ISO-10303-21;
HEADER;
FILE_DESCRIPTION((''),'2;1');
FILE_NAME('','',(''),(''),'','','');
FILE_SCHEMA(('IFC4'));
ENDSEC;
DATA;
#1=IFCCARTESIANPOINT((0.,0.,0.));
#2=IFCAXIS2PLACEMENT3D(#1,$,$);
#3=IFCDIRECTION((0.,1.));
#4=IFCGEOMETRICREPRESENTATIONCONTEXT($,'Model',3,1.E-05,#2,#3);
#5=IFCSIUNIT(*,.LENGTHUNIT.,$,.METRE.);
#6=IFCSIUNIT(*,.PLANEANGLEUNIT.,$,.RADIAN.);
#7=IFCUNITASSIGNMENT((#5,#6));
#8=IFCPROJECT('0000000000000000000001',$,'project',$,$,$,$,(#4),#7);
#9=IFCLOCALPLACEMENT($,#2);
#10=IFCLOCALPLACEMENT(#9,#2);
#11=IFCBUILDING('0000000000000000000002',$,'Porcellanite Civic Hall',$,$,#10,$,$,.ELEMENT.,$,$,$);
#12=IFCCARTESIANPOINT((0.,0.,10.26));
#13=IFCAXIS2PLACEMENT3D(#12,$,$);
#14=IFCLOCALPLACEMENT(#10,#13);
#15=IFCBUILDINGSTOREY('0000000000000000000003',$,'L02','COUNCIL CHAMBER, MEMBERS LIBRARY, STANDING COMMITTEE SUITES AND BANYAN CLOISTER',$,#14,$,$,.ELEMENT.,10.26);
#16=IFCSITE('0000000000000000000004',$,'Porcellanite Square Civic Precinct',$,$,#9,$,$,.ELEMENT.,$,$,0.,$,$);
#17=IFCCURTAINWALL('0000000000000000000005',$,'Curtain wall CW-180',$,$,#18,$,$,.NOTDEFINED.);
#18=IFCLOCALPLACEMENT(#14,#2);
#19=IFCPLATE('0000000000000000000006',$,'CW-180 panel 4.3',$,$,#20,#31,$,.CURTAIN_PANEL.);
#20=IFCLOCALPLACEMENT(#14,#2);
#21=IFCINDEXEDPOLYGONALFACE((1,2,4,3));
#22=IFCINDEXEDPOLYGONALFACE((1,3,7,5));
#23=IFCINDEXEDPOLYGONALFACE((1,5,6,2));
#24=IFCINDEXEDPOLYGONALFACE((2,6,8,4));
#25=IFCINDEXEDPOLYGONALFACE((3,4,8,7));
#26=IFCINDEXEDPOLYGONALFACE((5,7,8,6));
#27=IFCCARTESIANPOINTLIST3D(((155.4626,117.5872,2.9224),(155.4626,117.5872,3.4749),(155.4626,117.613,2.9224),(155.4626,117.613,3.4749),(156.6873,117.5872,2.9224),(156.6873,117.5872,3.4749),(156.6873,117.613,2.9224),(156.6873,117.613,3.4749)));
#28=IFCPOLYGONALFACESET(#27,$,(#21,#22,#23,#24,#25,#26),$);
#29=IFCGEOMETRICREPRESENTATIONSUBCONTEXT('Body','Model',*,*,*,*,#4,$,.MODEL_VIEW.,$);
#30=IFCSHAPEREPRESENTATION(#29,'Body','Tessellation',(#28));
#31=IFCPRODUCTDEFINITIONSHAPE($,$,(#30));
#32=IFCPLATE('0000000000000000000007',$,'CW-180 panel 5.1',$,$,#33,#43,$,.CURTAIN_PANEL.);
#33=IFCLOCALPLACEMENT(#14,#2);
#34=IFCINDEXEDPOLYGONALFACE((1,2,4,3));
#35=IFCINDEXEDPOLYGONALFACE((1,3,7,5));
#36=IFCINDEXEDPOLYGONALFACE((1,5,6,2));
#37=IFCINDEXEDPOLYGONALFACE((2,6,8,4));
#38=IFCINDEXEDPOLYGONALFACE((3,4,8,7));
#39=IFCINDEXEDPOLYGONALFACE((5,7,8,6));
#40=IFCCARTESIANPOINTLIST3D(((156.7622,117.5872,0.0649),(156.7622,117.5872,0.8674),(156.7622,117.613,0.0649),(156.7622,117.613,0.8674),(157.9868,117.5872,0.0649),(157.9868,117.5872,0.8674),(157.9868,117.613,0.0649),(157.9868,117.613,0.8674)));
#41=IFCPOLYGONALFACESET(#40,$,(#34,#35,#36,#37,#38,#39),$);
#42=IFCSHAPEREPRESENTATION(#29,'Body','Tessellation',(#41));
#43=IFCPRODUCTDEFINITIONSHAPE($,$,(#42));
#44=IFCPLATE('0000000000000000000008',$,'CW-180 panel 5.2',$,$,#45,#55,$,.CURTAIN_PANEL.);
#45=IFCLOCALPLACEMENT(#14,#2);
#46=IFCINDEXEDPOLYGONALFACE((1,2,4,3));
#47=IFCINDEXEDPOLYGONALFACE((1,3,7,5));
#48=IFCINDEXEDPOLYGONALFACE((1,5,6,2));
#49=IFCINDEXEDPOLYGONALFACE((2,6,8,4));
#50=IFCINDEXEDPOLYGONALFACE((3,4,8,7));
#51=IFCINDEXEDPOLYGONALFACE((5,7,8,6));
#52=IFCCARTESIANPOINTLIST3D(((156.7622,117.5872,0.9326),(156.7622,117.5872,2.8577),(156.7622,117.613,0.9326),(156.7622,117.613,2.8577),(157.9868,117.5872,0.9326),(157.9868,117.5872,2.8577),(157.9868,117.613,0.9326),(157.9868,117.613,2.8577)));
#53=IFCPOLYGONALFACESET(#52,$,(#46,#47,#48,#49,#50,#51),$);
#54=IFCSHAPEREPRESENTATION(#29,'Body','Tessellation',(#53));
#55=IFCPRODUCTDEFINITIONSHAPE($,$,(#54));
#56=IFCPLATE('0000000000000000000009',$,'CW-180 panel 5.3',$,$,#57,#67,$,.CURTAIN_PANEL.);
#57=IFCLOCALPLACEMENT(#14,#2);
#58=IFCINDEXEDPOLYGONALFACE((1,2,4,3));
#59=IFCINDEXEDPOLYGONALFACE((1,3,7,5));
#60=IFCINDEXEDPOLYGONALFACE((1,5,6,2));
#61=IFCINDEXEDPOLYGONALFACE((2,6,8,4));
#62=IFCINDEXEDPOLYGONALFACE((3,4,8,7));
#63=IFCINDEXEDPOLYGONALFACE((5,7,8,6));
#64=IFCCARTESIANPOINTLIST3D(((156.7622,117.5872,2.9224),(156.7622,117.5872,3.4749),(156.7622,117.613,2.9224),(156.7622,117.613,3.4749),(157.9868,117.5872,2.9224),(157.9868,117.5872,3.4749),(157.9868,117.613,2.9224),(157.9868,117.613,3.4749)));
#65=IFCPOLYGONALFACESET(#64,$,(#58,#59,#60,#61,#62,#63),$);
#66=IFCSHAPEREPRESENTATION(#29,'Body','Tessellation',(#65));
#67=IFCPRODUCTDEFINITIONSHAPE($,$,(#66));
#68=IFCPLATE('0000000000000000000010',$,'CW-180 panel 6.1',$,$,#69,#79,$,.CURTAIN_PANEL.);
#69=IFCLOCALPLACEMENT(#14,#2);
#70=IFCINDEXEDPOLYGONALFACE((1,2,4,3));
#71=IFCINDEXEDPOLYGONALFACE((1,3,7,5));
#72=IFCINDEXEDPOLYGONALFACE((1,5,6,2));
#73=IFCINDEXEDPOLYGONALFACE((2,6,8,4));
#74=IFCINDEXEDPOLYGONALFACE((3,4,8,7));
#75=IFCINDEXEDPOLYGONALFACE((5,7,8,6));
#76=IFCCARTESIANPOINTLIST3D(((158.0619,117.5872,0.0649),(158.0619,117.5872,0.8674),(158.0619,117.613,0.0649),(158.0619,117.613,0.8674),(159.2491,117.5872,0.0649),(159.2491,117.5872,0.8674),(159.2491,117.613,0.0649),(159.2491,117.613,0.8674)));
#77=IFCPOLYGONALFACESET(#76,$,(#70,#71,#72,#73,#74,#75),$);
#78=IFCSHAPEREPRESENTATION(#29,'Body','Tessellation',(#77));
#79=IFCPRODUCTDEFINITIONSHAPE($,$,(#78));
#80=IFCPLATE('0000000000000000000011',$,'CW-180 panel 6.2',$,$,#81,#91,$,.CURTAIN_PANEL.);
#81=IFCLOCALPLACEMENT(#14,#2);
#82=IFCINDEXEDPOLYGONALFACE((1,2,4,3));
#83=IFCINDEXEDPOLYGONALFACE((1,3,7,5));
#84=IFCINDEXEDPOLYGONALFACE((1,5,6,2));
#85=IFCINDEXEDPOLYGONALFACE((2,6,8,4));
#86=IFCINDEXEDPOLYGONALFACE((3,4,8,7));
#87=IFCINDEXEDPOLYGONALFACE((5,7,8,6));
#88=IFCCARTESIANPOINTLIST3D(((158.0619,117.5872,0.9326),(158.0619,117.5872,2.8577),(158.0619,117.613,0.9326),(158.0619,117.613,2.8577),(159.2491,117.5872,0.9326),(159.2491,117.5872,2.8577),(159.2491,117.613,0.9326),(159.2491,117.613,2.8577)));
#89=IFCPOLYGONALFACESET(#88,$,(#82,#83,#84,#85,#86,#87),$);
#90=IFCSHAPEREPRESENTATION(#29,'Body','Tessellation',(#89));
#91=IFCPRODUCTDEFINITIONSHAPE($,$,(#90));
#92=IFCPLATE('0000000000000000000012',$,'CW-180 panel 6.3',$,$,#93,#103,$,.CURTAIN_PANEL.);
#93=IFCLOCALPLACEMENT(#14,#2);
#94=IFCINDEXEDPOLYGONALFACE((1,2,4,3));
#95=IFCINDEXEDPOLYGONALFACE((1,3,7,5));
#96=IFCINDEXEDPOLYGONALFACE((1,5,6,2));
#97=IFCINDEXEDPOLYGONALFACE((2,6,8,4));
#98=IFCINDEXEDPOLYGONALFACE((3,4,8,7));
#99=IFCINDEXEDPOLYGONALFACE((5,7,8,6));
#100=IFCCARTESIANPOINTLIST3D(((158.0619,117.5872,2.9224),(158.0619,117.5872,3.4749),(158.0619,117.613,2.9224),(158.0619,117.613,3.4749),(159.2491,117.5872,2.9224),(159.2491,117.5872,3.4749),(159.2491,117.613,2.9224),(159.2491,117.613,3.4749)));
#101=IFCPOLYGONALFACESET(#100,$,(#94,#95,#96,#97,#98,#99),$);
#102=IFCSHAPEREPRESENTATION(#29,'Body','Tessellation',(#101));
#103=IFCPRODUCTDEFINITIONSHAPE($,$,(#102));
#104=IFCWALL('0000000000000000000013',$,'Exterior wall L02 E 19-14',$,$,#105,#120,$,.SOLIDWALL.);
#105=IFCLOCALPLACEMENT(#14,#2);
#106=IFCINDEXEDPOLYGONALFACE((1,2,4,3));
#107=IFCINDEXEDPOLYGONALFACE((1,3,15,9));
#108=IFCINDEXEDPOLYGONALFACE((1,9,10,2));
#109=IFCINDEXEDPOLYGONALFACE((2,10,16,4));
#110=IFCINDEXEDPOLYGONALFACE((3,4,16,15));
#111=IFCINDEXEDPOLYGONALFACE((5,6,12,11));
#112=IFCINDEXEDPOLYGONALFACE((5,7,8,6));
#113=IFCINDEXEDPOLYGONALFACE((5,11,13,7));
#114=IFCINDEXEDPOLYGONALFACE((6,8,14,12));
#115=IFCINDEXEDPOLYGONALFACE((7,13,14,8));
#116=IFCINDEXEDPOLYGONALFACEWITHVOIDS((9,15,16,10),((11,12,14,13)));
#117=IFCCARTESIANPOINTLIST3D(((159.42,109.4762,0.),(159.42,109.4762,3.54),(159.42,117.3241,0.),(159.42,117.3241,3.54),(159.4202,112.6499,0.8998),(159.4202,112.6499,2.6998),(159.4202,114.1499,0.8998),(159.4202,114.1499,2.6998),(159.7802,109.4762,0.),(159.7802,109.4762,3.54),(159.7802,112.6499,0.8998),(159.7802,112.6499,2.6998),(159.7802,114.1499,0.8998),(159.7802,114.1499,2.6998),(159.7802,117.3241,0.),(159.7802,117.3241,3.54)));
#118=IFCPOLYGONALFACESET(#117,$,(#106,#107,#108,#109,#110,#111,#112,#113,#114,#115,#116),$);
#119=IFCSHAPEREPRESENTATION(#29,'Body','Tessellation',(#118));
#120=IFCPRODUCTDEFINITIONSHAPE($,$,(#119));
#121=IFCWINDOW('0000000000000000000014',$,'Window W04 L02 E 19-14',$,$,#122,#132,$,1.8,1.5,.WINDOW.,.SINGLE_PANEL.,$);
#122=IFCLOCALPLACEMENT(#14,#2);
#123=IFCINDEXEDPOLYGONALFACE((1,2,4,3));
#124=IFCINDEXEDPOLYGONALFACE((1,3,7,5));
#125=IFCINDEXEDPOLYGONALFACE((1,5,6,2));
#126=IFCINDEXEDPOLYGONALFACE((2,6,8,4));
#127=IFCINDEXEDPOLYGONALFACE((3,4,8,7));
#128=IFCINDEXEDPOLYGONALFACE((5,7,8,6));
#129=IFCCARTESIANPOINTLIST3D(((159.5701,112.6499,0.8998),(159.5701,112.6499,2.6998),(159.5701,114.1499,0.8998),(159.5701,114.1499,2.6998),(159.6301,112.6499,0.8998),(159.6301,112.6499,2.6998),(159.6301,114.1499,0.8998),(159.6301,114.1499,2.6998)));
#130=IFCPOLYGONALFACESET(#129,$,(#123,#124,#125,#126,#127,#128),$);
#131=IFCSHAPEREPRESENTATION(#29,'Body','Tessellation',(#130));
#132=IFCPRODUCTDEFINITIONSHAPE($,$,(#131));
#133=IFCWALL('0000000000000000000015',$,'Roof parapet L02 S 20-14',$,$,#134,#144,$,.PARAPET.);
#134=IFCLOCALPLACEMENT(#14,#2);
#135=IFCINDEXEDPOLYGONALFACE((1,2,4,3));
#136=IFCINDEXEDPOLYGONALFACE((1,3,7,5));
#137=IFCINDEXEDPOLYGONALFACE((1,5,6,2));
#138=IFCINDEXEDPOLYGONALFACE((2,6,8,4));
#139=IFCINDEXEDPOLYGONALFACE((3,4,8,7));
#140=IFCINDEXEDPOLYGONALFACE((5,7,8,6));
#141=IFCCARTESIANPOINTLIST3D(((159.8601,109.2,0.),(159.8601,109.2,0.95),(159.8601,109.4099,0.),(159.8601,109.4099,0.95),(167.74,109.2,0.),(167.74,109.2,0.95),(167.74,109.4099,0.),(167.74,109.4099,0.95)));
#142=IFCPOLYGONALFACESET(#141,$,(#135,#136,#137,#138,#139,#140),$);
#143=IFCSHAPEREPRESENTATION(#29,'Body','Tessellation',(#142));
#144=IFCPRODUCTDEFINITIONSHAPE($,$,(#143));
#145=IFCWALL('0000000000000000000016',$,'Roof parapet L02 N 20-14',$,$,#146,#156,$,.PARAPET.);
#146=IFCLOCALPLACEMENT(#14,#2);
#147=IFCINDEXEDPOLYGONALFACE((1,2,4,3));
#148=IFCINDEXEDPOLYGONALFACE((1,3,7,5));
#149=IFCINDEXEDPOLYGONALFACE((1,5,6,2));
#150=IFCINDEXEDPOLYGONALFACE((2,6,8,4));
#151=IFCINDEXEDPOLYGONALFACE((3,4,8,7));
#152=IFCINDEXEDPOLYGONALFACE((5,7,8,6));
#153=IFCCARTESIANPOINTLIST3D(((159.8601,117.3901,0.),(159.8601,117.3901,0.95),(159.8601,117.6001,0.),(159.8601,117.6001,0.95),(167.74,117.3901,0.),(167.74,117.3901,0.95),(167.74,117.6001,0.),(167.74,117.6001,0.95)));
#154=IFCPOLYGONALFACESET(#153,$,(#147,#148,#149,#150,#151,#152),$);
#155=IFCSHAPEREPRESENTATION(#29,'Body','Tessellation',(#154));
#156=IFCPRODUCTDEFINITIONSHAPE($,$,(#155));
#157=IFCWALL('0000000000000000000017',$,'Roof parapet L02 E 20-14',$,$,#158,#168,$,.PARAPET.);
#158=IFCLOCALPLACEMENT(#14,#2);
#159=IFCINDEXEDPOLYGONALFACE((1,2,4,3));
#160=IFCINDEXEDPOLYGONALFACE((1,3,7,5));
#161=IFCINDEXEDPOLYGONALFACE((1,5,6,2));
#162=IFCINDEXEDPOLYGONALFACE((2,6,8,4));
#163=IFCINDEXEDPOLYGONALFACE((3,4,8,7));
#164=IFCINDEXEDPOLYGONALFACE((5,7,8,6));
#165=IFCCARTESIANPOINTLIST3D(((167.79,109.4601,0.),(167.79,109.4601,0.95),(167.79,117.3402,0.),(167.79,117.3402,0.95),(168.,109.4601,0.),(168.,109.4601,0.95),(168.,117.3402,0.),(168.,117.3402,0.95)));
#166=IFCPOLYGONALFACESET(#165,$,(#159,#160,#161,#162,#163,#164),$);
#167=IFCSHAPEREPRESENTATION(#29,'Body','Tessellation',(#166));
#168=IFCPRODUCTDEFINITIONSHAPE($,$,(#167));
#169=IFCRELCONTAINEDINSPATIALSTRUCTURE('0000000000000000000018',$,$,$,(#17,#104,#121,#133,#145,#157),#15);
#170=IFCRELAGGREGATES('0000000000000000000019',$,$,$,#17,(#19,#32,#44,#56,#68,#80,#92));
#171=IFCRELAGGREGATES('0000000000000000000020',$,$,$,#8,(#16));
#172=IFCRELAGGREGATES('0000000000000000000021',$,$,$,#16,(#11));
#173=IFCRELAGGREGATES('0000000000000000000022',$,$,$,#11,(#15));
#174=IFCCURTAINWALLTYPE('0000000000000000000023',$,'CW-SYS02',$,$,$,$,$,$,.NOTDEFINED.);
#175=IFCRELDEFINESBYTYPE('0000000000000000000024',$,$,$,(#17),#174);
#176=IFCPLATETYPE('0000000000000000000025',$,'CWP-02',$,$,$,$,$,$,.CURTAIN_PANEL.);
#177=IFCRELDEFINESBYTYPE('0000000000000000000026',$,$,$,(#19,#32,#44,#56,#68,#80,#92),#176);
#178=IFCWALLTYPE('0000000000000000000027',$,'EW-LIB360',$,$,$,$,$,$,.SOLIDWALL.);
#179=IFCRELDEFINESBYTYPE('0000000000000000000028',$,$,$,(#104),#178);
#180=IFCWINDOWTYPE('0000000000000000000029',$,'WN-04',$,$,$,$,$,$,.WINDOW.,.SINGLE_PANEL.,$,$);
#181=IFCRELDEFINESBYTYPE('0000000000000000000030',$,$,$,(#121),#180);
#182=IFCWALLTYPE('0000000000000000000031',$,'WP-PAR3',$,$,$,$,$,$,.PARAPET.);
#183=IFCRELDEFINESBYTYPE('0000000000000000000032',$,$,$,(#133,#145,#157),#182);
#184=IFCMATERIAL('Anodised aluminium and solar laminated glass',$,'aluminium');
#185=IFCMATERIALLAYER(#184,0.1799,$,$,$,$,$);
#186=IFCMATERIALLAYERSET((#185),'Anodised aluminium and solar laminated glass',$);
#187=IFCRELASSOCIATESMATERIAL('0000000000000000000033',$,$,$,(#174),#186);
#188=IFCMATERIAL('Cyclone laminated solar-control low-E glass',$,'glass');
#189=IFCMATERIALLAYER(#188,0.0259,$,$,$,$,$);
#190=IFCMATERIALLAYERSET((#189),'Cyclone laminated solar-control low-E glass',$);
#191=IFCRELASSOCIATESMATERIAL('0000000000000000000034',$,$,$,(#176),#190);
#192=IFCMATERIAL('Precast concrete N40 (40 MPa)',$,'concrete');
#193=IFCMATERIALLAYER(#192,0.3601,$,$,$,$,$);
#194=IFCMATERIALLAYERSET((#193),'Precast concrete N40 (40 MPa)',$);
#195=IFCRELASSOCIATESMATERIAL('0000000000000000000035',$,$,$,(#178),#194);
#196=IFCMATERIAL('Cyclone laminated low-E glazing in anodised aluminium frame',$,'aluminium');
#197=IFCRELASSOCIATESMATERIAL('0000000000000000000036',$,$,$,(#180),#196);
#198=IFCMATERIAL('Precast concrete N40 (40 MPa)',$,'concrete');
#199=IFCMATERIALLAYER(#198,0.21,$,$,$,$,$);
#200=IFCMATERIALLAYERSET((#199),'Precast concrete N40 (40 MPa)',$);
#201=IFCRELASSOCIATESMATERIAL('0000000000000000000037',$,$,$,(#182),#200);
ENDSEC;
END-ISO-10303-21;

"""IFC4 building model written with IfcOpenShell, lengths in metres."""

from ifc_helpers import new_model, si_unit, direction, frame, frame_2d, origin, origin_2d, place, context, subcontext, project, spatial, rectangle, extrude, material, layer, layer_set, type_object, element, fill, aggregate, save


model = new_model("IFC4")

# Units and contexts
model_context = context("Model", 3, precision=1e-05, world=origin(), true_north=direction((0.0, 1.0)))
body_context = subcontext(model_context, "Body", "Model", "MODEL_VIEW")
ifc_project = project(units=[si_unit("LENGTHUNIT", "METRE"), si_unit("PLANEANGLEUNIT", "RADIAN")], contexts=[model_context])

# Site, building, storey
site_placement = place(None, origin())
site = spatial("IfcSite", under=ifc_project, at=site_placement, Name="Porcellanite Square Civic Precinct", CompositionType="ELEMENT", RefElevation=0.0)
building_placement = place(site_placement, origin())
building = spatial("IfcBuilding", under=site, at=building_placement, Name="Porcellanite Civic Hall", CompositionType="ELEMENT")
storey_placement = place(building_placement, frame((0.0, 0.0, 10.26)))
storey = spatial("IfcBuildingStorey", under=building, at=storey_placement, Name="L02", Description="COUNCIL CHAMBER, MEMBERS LIBRARY, STANDING COMMITTEE SUITES AND BANYAN CLOISTER", CompositionType="ELEMENT", Elevation=10.26)

# Curtain wall, plates
ifc_material_1 = material(Name="Anodised aluminium and solar laminated glass", Category="aluminium")
ifc_layer_1 = layer(ifc_material_1, 0.1799)
ifc_layer_set_1 = layer_set([ifc_layer_1], Name="Anodised aluminium and solar laminated glass")
curtain_wall_type = type_object("IfcCurtainWallType", Name="CW-SYS02", PredefinedType="NOTDEFINED", material=ifc_layer_set_1)
curtain_wall_placement = place(storey_placement, origin())
curtain_wall = element("IfcCurtainWall", 1, at=curtain_wall_placement, inside=storey, type_object=curtain_wall_type, Name="Curtain wall CW-180", PredefinedType="NOTDEFINED")
ifc_material_2 = material(Name="Cyclone laminated solar-control low-E glass", Category="glass")
ifc_layer_2 = layer(ifc_material_2, 0.0259)
ifc_layer_set_2 = layer_set([ifc_layer_2], Name="Cyclone laminated solar-control low-E glass")
plate_type = type_object("IfcPlateType", Name="CWP-02", PredefinedType="CURTAIN_PANEL", material=ifc_layer_set_2)
plate_1_placement = place(storey_placement, frame((156.075, 117.6001, 2.9224), z_axis=(0.0, 0.0, 1.0), x_axis=(1.0, 0.0, 0.0)))
plate_1 = element("IfcPlate", 2, at=plate_1_placement, type_object=plate_type, Name="CW-180 panel 4.3", PredefinedType="CURTAIN_PANEL", context=body_context, shape_type="SweptSolid", body=[
    extrude(rectangle(XDim=1.2246, YDim=0.0259, at=origin_2d()), origin(), (0.0, 0.0, 1.0), 0.5525),
])
plate_2_placement = place(storey_placement, frame((157.3745, 117.6001, 0.0649), z_axis=(0.0, 0.0, 1.0), x_axis=(1.0, 0.0, 0.0)))
plate_2 = element("IfcPlate", 3, at=plate_2_placement, type_object=plate_type, Name="CW-180 panel 5.1", PredefinedType="CURTAIN_PANEL", context=body_context, shape_type="SweptSolid", body=[
    extrude(rectangle(XDim=1.2246, YDim=0.0259, at=origin_2d()), origin(), (0.0, 0.0, 1.0), 0.8025),
])
plate_3_placement = place(storey_placement, frame((157.3745, 117.6001, 0.9326), z_axis=(0.0, 0.0, 1.0), x_axis=(1.0, 0.0, 0.0)))
plate_3 = element("IfcPlate", 4, at=plate_3_placement, type_object=plate_type, Name="CW-180 panel 5.2", PredefinedType="CURTAIN_PANEL", context=body_context, shape_type="SweptSolid", body=[
    extrude(rectangle(XDim=1.2246, YDim=0.0259, at=origin_2d()), origin(), (0.0, 0.0, 1.0), 1.925),
])
plate_4_placement = place(storey_placement, frame((157.3745, 117.6001, 2.9224), z_axis=(0.0, 0.0, 1.0), x_axis=(1.0, 0.0, 0.0)))
plate_4 = element("IfcPlate", 5, at=plate_4_placement, type_object=plate_type, Name="CW-180 panel 5.3", PredefinedType="CURTAIN_PANEL", context=body_context, shape_type="SweptSolid", body=[
    extrude(rectangle(XDim=1.2246, YDim=0.0259, at=origin_2d()), origin(), (0.0, 0.0, 1.0), 0.5525),
])
plate_5_placement = place(storey_placement, frame((158.6555, 117.6001, 0.0649), z_axis=(0.0, 0.0, 1.0), x_axis=(1.0, 0.0, 0.0)))
plate_5 = element("IfcPlate", 6, at=plate_5_placement, type_object=plate_type, Name="CW-180 panel 6.1", PredefinedType="CURTAIN_PANEL", context=body_context, shape_type="SweptSolid", body=[
    extrude(rectangle(XDim=1.1873, YDim=0.0259, at=origin_2d()), origin(), (0.0, 0.0, 1.0), 0.8025),
])
plate_6_placement = place(storey_placement, frame((158.6555, 117.6001, 0.9326), z_axis=(0.0, 0.0, 1.0), x_axis=(1.0, 0.0, 0.0)))
plate_6 = element("IfcPlate", 7, at=plate_6_placement, type_object=plate_type, Name="CW-180 panel 6.2", PredefinedType="CURTAIN_PANEL", context=body_context, shape_type="SweptSolid", body=[
    extrude(rectangle(XDim=1.1873, YDim=0.0259, at=origin_2d()), origin(), (0.0, 0.0, 1.0), 1.925),
])
plate_7_placement = place(storey_placement, frame((158.6555, 117.6001, 2.9224), z_axis=(0.0, 0.0, 1.0), x_axis=(1.0, 0.0, 0.0)))
plate_7 = element("IfcPlate", 8, at=plate_7_placement, type_object=plate_type, Name="CW-180 panel 6.3", PredefinedType="CURTAIN_PANEL", context=body_context, shape_type="SweptSolid", body=[
    extrude(rectangle(XDim=1.1873, YDim=0.0259, at=origin_2d()), origin(), (0.0, 0.0, 1.0), 0.5525),
])
aggregate(curtain_wall, [plate_1, plate_2, plate_3, plate_4, plate_5, plate_6, plate_7])

# Shared definitions
ifc_material_3 = material(Name="Precast concrete N40 (40 MPa)", Category="concrete")
ifc_layer_3 = layer(ifc_material_3, 0.3601)
ifc_layer_set_3 = layer_set([ifc_layer_3], Name="Precast concrete N40 (40 MPa)")
wall_type_1 = type_object("IfcWallType", Name="EW-LIB360", PredefinedType="SOLIDWALL", material=ifc_layer_set_3)

# Wall, opening, window
wall_1_placement = place(storey_placement, frame((159.6001, 117.324, 0.0), z_axis=(0.0, 0.0, 1.0), x_axis=(0.0, -1.0, 0.0)))
wall_1 = element("IfcWall", 9, at=wall_1_placement, inside=storey, type_object=wall_type_1, Name="Exterior wall L02 E 19-14", PredefinedType="SOLIDWALL", context=body_context, shape_type="SweptSolid", body=[
    extrude(rectangle(XDim=7.8479, YDim=0.3601, at=frame_2d((3.9238, 0.0))), origin(), (0.0, 0.0, 1.0), 3.54),
])
opening_1_placement = place(wall_1_placement, frame((3.1741, 0.0, 0.8999)))
opening_1 = element("IfcOpeningElement", 10, at=opening_1_placement, cuts=wall_1, PredefinedType="OPENING", context=body_context, shape_type="SweptSolid", body=[
    extrude(rectangle(XDim=1.5, YDim=1.8, at=frame_2d((0.75, 0.8999))), frame((0.0, 0.1802, 0.0), z_axis=(0.0, -1.0, 0.0), x_axis=(1.0, 0.0, 0.0)), (0.0, 0.0, 1.0), 0.3601),
])
ifc_material_4 = material(Name="Cyclone laminated low-E glazing in anodised aluminium frame", Category="aluminium")
window_type = type_object("IfcWindowType", Name="WN-04", PartitioningType="SINGLE_PANEL", PredefinedType="WINDOW", material=ifc_material_4)
window_placement = place(opening_1_placement, origin())
window = element("IfcWindow", 11, at=window_placement, inside=storey, type_object=window_type, Name="Window W04 L02 E 19-14", OverallHeight=1.8, OverallWidth=1.5, PartitioningType="SINGLE_PANEL", PredefinedType="WINDOW", context=body_context, shape_type="SweptSolid", body=[
    extrude(rectangle(XDim=1.5, YDim=1.8, at=frame_2d((0.75, 0.8999))), frame((0.0, 0.03, 0.0), z_axis=(0.0, -1.0, 0.0), x_axis=(1.0, 0.0, 0.0)), (0.0, 0.0, 1.0), 0.0601),
])
fill(opening_1, window)

# Walls
ifc_material_5 = material(Name="Precast concrete N40 (40 MPa)", Category="concrete")
ifc_layer_4 = layer(ifc_material_5, 0.21)
ifc_layer_set_4 = layer_set([ifc_layer_4], Name="Precast concrete N40 (40 MPa)")
wall_type_2 = type_object("IfcWallType", Name="WP-PAR3", PredefinedType="PARAPET", material=ifc_layer_set_4)
for number, where, z_axis, x_axis, name in (
    (12, (167.74, 109.3049, 0.0), (0.0, 0.0, 1.0), (-1.0, 0.0, 0.0), "Roof parapet L02 S 20-14"),
    (13, (159.8601, 117.4951, 0.0), (0.0, 0.0, 1.0), (1.0, 0.0, 0.0), "Roof parapet L02 N 20-14"),
):
    element("IfcWall", number, at=place(storey_placement, frame(where, z_axis=z_axis, x_axis=x_axis)), inside=storey, type_object=wall_type_2, Name=name, PredefinedType="PARAPET", context=body_context, shape_type="SweptSolid", body=[
        extrude(rectangle(XDim=7.8799, YDim=0.21, at=frame_2d((3.9399, 0.0))), origin(), (0.0, 0.0, 1.0), 0.95),
    ])
wall_2_placement = place(storey_placement, frame((167.895, 117.3401, 0.0), z_axis=(0.0, 0.0, 1.0), x_axis=(0.0, -1.0, 0.0)))
element("IfcWall", 14, at=wall_2_placement, inside=storey, type_object=wall_type_2, Name="Roof parapet L02 E 20-14", PredefinedType="PARAPET", context=body_context, shape_type="SweptSolid", body=[
    extrude(rectangle(XDim=7.8801, YDim=0.21, at=frame_2d((3.9399, 0.0))), origin(), (0.0, 0.0, 1.0), 0.95),
])

save(model, "model.ifc")
